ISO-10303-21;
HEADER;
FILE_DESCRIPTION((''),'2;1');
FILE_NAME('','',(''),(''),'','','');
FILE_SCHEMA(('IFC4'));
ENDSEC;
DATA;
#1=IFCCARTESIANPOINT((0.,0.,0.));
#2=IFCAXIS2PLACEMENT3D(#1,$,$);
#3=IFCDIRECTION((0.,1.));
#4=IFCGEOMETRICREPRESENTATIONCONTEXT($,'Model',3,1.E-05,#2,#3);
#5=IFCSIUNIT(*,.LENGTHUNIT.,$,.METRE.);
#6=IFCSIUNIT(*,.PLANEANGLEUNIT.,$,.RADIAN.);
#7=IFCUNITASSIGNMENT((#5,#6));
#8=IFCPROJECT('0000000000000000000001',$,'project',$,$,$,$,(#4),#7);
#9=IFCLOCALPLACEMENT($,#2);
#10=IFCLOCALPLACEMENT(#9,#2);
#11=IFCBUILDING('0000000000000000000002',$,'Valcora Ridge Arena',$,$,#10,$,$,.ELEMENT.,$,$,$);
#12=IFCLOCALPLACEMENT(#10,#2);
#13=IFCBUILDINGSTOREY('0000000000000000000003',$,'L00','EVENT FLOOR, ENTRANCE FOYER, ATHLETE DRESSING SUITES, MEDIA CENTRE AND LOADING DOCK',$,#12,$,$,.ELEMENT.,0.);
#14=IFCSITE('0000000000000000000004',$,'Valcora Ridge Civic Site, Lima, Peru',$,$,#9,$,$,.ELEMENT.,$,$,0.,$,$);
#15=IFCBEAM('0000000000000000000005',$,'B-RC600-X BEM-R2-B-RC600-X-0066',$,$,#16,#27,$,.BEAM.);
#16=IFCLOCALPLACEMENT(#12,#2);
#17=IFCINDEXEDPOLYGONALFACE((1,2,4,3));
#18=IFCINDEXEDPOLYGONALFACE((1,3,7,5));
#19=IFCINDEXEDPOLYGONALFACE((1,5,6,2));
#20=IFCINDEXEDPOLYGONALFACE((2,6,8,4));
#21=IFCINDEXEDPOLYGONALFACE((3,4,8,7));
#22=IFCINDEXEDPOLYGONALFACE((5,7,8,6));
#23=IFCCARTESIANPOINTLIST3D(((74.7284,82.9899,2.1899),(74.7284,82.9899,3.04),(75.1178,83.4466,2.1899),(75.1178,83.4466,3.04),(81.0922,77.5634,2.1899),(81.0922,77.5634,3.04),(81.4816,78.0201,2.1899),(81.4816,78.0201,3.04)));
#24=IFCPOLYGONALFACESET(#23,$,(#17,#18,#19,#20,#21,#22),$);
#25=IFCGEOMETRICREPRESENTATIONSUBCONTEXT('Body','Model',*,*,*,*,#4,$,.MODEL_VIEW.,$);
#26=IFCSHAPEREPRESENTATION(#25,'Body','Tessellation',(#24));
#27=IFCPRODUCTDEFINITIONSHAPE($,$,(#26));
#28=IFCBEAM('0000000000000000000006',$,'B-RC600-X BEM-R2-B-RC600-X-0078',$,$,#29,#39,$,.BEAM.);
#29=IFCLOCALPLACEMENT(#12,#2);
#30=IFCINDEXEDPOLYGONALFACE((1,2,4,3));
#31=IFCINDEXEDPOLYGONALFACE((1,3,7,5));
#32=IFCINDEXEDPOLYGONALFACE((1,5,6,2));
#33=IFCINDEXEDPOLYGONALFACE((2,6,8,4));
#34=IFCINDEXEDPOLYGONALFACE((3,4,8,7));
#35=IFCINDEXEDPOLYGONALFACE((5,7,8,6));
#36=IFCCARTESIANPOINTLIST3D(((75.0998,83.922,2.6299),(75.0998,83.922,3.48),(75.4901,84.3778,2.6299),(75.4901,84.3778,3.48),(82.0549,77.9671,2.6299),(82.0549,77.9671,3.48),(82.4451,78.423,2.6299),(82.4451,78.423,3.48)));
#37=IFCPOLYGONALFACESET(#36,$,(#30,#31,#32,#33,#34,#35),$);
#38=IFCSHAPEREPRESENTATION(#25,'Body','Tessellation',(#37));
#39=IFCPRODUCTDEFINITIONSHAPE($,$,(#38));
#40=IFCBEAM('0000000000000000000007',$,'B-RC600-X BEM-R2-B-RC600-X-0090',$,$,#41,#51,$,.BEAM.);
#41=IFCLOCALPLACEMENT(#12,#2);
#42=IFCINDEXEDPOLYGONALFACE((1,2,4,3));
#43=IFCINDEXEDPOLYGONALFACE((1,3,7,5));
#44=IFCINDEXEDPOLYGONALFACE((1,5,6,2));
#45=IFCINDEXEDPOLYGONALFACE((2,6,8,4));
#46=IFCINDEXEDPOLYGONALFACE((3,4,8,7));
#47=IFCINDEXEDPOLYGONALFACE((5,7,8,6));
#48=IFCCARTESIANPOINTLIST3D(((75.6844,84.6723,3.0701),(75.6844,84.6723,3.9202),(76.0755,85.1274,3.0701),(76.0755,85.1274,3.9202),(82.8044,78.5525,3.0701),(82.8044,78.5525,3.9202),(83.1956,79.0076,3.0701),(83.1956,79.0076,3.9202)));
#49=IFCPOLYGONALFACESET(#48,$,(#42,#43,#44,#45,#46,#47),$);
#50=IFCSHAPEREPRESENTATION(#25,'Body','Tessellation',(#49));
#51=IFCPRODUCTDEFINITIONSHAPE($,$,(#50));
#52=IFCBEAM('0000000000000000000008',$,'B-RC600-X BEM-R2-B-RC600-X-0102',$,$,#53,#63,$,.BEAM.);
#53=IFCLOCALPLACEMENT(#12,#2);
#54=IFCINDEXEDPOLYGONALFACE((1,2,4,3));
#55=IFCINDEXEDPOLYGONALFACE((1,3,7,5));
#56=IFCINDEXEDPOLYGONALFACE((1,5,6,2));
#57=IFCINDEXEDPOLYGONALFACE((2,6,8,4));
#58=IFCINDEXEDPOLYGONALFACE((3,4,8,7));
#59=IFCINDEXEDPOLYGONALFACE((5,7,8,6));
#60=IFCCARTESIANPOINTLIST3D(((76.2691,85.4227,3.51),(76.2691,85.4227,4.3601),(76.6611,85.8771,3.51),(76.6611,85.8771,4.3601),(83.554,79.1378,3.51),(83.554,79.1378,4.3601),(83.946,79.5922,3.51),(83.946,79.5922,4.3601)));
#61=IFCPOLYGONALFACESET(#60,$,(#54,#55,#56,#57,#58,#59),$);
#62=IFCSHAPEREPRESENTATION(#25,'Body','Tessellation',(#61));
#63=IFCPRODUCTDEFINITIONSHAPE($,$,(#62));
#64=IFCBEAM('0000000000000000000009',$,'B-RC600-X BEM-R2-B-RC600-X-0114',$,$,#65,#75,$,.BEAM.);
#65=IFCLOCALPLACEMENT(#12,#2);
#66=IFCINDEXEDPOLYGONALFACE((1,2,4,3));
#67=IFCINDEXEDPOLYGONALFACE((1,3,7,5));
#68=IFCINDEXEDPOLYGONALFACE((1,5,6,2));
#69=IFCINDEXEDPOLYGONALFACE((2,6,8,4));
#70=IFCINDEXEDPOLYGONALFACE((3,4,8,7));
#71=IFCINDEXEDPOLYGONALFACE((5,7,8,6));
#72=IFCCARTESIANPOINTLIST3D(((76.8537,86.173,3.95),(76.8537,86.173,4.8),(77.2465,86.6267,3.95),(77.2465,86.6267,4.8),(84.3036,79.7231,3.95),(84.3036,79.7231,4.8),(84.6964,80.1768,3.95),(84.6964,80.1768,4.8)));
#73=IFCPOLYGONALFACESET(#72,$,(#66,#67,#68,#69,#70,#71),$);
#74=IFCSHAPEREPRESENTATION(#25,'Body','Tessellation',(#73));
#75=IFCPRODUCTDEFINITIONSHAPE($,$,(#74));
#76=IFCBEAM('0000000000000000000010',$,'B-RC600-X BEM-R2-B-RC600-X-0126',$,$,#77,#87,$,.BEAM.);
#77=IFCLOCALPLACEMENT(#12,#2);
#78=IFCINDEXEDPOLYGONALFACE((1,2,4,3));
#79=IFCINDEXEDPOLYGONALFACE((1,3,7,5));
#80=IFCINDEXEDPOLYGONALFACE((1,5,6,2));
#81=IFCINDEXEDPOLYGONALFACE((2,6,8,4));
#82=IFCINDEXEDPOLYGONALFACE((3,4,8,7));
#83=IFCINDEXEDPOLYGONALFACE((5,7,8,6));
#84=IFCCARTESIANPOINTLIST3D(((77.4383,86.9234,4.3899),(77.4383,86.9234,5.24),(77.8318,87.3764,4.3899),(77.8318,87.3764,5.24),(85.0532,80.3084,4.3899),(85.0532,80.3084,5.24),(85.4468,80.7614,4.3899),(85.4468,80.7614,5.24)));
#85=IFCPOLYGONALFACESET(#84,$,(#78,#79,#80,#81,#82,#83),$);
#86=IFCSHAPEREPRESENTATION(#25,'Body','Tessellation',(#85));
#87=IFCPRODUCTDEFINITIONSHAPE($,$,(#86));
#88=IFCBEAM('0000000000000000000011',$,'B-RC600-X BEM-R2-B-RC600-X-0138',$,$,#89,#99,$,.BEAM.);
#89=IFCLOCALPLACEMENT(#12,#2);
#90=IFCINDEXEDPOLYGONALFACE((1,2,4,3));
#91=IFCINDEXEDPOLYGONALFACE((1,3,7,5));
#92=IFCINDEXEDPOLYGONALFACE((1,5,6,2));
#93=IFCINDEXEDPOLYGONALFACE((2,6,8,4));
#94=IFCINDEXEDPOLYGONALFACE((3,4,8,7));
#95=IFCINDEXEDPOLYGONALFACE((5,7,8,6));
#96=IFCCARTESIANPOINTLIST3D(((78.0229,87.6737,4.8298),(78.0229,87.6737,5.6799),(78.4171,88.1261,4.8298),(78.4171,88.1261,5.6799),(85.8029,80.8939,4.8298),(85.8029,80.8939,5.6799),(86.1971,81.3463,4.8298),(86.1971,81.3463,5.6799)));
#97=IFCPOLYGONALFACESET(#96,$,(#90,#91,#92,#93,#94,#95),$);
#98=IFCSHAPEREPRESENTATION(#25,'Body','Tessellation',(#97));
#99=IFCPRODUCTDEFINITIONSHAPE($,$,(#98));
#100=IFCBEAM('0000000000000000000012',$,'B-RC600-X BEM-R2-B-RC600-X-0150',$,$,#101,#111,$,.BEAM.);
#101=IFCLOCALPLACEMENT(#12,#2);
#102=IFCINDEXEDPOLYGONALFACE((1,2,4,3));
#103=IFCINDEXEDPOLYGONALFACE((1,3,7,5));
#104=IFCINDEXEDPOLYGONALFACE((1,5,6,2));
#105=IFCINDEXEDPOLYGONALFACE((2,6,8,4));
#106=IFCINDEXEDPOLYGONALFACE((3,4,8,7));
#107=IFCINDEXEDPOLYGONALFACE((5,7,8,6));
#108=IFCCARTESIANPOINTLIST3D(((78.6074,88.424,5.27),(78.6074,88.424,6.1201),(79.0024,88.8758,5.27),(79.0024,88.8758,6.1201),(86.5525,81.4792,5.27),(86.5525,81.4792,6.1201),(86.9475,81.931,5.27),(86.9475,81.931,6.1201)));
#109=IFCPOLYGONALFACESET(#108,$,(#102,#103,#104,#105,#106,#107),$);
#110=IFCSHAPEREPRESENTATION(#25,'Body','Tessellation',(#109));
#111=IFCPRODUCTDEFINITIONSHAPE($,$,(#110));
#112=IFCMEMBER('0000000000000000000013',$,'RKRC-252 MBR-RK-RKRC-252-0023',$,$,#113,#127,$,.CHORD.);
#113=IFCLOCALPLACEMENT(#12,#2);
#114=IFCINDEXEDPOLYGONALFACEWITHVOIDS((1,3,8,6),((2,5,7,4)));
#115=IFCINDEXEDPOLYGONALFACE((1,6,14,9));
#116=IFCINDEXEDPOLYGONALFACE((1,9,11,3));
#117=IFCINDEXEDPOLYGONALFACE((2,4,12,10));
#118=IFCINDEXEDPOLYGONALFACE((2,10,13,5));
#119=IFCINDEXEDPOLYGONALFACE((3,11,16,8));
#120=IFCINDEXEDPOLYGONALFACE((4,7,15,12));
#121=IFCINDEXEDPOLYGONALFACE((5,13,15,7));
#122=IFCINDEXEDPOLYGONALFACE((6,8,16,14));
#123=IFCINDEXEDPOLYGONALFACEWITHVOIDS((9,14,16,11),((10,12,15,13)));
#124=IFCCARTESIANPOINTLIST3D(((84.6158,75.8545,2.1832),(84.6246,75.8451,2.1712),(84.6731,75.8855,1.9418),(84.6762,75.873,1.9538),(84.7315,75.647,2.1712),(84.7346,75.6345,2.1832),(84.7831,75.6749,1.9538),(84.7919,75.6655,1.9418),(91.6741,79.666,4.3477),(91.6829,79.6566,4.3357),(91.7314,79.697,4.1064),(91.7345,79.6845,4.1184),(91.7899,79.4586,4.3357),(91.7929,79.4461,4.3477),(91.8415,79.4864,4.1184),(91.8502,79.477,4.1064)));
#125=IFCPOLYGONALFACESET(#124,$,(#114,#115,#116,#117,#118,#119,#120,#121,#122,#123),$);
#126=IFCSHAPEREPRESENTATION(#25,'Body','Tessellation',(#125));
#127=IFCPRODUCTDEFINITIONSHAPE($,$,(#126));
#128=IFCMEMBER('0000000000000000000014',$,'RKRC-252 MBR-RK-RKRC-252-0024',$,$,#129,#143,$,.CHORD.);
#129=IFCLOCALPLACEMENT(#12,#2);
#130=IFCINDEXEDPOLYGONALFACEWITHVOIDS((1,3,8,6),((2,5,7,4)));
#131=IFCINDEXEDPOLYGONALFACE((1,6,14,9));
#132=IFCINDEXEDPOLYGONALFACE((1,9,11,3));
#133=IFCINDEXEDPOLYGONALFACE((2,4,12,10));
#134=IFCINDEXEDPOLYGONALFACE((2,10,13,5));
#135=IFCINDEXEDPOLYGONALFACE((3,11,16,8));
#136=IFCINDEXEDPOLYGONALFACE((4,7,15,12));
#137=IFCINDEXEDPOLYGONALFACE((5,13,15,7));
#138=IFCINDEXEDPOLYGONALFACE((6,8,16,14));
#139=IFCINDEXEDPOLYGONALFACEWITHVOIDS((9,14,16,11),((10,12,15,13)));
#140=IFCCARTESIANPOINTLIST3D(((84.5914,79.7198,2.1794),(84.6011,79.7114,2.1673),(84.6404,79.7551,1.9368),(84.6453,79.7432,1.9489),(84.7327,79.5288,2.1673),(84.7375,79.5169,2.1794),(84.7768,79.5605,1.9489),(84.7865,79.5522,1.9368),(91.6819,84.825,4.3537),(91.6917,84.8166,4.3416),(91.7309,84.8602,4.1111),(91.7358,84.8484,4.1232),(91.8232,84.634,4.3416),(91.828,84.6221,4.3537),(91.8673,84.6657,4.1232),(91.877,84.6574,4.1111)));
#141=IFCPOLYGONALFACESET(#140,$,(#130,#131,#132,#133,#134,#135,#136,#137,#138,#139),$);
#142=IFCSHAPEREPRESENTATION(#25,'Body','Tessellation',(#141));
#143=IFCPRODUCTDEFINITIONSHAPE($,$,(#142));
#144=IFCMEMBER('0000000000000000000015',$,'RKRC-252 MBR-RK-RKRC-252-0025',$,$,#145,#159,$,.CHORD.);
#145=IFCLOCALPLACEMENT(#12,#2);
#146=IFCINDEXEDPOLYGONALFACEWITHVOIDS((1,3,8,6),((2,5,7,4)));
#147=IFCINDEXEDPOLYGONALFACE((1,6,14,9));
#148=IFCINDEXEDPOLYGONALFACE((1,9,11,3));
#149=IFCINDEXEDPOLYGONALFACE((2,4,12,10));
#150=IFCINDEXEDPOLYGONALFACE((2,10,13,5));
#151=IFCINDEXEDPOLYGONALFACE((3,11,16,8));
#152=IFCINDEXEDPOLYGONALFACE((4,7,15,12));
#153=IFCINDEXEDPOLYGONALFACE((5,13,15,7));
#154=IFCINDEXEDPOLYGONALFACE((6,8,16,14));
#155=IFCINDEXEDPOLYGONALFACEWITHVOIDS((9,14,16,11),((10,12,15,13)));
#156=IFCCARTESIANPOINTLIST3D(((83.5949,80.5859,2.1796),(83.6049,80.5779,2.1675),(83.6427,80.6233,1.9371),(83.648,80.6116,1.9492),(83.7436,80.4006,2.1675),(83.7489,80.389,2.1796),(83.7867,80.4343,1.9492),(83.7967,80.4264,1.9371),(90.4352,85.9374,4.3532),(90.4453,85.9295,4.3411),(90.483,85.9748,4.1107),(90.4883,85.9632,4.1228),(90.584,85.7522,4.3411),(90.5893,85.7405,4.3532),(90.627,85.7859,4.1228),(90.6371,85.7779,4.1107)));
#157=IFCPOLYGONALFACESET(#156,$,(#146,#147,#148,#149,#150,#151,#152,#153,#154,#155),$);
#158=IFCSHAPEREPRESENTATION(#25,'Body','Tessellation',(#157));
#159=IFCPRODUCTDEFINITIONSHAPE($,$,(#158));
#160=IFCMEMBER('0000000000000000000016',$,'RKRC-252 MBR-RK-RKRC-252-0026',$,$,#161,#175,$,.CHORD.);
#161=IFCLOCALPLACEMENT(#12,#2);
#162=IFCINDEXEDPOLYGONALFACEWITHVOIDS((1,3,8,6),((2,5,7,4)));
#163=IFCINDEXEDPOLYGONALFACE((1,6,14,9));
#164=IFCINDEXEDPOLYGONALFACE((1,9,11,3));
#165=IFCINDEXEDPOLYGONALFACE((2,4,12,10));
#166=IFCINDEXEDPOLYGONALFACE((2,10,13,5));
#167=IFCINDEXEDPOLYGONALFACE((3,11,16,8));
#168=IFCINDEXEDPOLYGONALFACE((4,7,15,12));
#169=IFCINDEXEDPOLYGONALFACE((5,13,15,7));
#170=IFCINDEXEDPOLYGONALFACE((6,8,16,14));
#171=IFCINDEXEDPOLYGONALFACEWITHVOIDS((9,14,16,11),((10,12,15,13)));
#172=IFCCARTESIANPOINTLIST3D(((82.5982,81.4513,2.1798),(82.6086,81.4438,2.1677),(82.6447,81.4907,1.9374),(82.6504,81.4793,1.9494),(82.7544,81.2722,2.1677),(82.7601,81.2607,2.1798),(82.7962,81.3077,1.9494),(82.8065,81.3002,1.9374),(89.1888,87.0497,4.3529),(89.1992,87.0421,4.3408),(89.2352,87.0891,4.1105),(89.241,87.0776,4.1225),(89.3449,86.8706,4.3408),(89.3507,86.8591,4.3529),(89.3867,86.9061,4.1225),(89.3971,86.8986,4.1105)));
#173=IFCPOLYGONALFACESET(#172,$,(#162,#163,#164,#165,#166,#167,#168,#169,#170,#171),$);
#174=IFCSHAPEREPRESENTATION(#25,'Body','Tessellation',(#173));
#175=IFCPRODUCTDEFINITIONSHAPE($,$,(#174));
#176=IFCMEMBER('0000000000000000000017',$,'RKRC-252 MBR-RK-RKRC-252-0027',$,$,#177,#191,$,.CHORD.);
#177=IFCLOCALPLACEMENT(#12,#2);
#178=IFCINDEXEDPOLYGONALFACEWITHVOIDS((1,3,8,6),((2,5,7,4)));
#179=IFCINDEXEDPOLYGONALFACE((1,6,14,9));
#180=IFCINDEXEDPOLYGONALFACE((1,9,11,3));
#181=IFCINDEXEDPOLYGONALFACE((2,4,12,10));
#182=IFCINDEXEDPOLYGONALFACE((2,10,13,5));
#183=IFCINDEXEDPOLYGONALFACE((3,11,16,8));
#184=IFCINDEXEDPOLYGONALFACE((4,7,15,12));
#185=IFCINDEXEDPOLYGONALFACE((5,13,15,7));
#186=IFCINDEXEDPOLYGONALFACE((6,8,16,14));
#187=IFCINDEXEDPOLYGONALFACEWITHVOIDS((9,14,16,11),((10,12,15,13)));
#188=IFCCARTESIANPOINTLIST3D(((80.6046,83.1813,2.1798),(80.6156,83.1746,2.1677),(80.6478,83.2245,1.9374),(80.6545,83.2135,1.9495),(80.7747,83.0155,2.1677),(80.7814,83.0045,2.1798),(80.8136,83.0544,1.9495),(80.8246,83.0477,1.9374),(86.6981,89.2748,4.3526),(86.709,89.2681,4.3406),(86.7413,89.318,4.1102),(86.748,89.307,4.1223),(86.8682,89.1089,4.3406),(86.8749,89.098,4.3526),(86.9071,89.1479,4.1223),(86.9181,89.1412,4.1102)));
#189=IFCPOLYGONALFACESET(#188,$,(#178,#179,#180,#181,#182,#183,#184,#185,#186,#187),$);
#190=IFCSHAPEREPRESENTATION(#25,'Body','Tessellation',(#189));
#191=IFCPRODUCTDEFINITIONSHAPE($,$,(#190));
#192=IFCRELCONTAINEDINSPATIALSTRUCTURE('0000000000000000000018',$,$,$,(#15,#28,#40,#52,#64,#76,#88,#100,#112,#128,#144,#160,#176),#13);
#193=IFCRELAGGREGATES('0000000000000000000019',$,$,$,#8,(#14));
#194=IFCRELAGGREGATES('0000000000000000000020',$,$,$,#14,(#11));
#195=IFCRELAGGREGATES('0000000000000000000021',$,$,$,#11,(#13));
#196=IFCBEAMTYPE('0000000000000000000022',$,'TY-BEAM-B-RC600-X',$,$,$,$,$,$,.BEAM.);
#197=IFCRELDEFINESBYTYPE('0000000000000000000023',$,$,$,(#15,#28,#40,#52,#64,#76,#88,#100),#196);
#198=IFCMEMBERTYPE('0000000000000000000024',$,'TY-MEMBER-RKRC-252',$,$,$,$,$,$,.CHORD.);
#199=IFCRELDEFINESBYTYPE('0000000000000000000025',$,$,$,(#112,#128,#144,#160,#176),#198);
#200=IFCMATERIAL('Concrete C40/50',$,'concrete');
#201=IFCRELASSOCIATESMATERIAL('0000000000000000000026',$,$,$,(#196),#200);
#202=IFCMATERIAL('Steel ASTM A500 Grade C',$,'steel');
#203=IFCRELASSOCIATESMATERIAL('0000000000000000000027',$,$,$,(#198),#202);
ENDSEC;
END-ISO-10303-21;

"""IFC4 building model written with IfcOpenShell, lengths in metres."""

from ifc_helpers import new_model, si_unit, direction, frame, origin, origin_2d, place, context, subcontext, project, spatial, rectangle, hollow_rectangle, extrude, material, material_profile, profile_set, type_object, element, save


model = new_model("IFC4")

# Units and contexts
model_context = context("Model", 3, precision=1e-05, world=origin(), true_north=direction((0.0, 1.0)))
body_context = subcontext(model_context, "Body", "Model", "MODEL_VIEW")
ifc_project = project(units=[si_unit("LENGTHUNIT", "METRE"), si_unit("PLANEANGLEUNIT", "RADIAN")], contexts=[model_context])

# Site, building, storey
site_placement = place(None, origin())
site = spatial("IfcSite", under=ifc_project, at=site_placement, Name="Valcora Ridge Civic Site, Lima, Peru", CompositionType="ELEMENT", RefElevation=0.0)
building_placement = place(site_placement, origin())
building = spatial("IfcBuilding", under=site, at=building_placement, Name="Valcora Ridge Arena", CompositionType="ELEMENT")
storey_placement = place(building_placement, origin())
storey = spatial("IfcBuildingStorey", under=building, at=storey_placement, Name="L00", Description="EVENT FLOOR, ENTRANCE FOYER, ATHLETE DRESSING SUITES, MEDIA CENTRE AND LOADING DOCK", CompositionType="ELEMENT", Elevation=0.0)

# Shared definitions
ifc_material_1 = material(Name="Concrete C40/50", Category="concrete")

# Beams
ifc_material_profile_1 = material_profile(ifc_material_1, rectangle(XDim=0.6001, YDim=0.8501, at=origin_2d()), Name="RC 600x850")
ifc_profile_set_1 = profile_set([ifc_material_profile_1], Name="Concrete C40/50")
beam_type = type_object("IfcBeamType", Name="TY-BEAM-B-RC600-X", PredefinedType="BEAM", material=ifc_profile_set_1)
beam_1_placement = place(storey_placement, frame((81.2869, 77.7917, 2.615), z_axis=(-0.760917, 0.648849, 0.0), x_axis=(-0.648849, -0.760917, 0.0)))
element("IfcBeam", 1, at=beam_1_placement, inside=storey, type_object=beam_type, Name="B-RC600-X BEM-R2-B-RC600-X-0066", PredefinedType="BEAM", context=body_context, shape_type="SweptSolid", body=[
    extrude(rectangle(XDim=0.6001, YDim=0.8501, at=origin_2d()), origin(), (0.0, 0.0, 1.0), 8.3633),
])
beam_2_placement = place(storey_placement, frame((82.25, 78.1951, 3.0549), z_axis=(-0.759616, 0.650372, 0.0), x_axis=(-0.650372, -0.759616, 0.0)))
element("IfcBeam", 2, at=beam_2_placement, inside=storey, type_object=beam_type, Name="B-RC600-X BEM-R2-B-RC600-X-0078", PredefinedType="BEAM", context=body_context, shape_type="SweptSolid", body=[
    extrude(rectangle(XDim=0.6001, YDim=0.8501, at=origin_2d()), origin(), (0.0, 0.0, 1.0), 9.156),
])
beam_3_placement = place(storey_placement, frame((83.0, 78.78, 3.4951), z_axis=(-0.758366, 0.651829, 0.0), x_axis=(-0.651829, -0.758366, 0.0)))
element("IfcBeam", 3, at=beam_3_placement, inside=storey, type_object=beam_type, Name="B-RC600-X BEM-R2-B-RC600-X-0090", PredefinedType="BEAM", context=body_context, shape_type="SweptSolid", body=[
    extrude(rectangle(XDim=0.6001, YDim=0.8501, at=origin_2d()), origin(), (0.0, 0.0, 1.0), 9.3887),
])
beam_4_placement = place(storey_placement, frame((83.75, 79.365, 3.9351), z_axis=(-0.757162, 0.653227, 0.0), x_axis=(-0.653227, -0.757162, 0.0)))
element("IfcBeam", 4, at=beam_4_placement, inside=storey, type_object=beam_type, Name="B-RC600-X BEM-R2-B-RC600-X-0102", PredefinedType="BEAM", context=body_context, shape_type="SweptSolid", body=[
    extrude(rectangle(XDim=0.6001, YDim=0.8501, at=origin_2d()), origin(), (0.0, 0.0, 1.0), 9.6213),
])
beam_5_placement = place(storey_placement, frame((84.5, 79.95, 4.375), z_axis=(-0.756024, 0.654544, 0.0), x_axis=(-0.654544, -0.756024, 0.0)))
element("IfcBeam", 5, at=beam_5_placement, inside=storey, type_object=beam_type, Name="B-RC600-X BEM-R2-B-RC600-X-0114", PredefinedType="BEAM", context=body_context, shape_type="SweptSolid", body=[
    extrude(rectangle(XDim=0.6001, YDim=0.8501, at=origin_2d()), origin(), (0.0, 0.0, 1.0), 9.854),
])
beam_6_placement = place(storey_placement, frame((85.25, 80.5349, 4.8149), z_axis=(-0.754936, 0.655798, 0.0), x_axis=(-0.655798, -0.754936, 0.0)))
element("IfcBeam", 6, at=beam_6_placement, inside=storey, type_object=beam_type, Name="B-RC600-X BEM-R2-B-RC600-X-0126", PredefinedType="BEAM", context=body_context, shape_type="SweptSolid", body=[
    extrude(rectangle(XDim=0.6001, YDim=0.8501, at=origin_2d()), origin(), (0.0, 0.0, 1.0), 10.0869),
])
beam_7_placement = place(storey_placement, frame((86.0, 81.1201, 5.2549), z_axis=(-0.753907, 0.656981, 0.0), x_axis=(-0.656981, -0.753907, 0.0)))
element("IfcBeam", 7, at=beam_7_placement, inside=storey, type_object=beam_type, Name="B-RC600-X BEM-R2-B-RC600-X-0138", PredefinedType="BEAM", context=body_context, shape_type="SweptSolid", body=[
    extrude(rectangle(XDim=0.6001, YDim=0.8501, at=origin_2d()), origin(), (0.0, 0.0, 1.0), 10.3196),
])
beam_8_placement = place(storey_placement, frame((86.75, 81.7051, 5.6951), z_axis=(-0.752911, 0.658123, 0.0), x_axis=(-0.658123, -0.752911, 0.0)))
element("IfcBeam", 8, at=beam_8_placement, inside=storey, type_object=beam_type, Name="B-RC600-X BEM-R2-B-RC600-X-0150", PredefinedType="BEAM", context=body_context, shape_type="SweptSolid", body=[
    extrude(rectangle(XDim=0.6001, YDim=0.8501, at=origin_2d()), origin(), (0.0, 0.0, 1.0), 10.5525),
])

# Members
ifc_material_2 = material(Name="Steel ASTM A500 Grade C", Category="steel")
ifc_material_profile_2 = material_profile(ifc_material_2, hollow_rectangle(XDim=0.25, YDim=0.25, WallThickness=0.0125, at=origin_2d()), Name="HSS250X250X12")
ifc_profile_set_2 = profile_set([ifc_material_profile_2], Name="Steel ASTM A500 Grade C")
member_type_1 = type_object("IfcMemberType", Name="TY-MEMBER-RKRC-252", PredefinedType="CHORD", material=ifc_profile_set_2)
member_1_placement = place(storey_placement, frame((84.7039, 75.76, 2.0625), z_axis=(0.849521, 0.458743, 0.260518), x_axis=(-0.47515, 0.879905, 0.0)))
element("IfcMember", 9, at=member_1_placement, inside=storey, type_object=member_type_1, Name="RKRC-252 MBR-RK-RKRC-252-0023", PredefinedType="CHORD", context=body_context, shape_type="SweptSolid", body=[
    extrude(hollow_rectangle(XDim=0.25, YDim=0.25, WallThickness=0.0125, at=origin_2d()), origin(), (0.0, 0.0, 1.0), 8.3086),
])
member_2_placement = place(storey_placement, frame((84.689, 79.636, 2.0581), z_axis=(0.787515, 0.567012, 0.24149), x_axis=(-0.584305, 0.811534, 0.0)))
element("IfcMember", 10, at=member_2_placement, inside=storey, type_object=member_type_1, Name="RKRC-252 MBR-RK-RKRC-252-0024", PredefinedType="CHORD", context=body_context, shape_type="SweptSolid", body=[
    extrude(hollow_rectangle(XDim=0.25, YDim=0.25, WallThickness=0.0125, at=origin_2d()), origin(), (0.0, 0.0, 1.0), 9.0037),
])
member_3_placement = place(storey_placement, frame((83.6958, 80.5061, 2.0583), z_axis=(0.764038, 0.597748, 0.242781), x_axis=(-0.616184, 0.787602, 0.0)))
element("IfcMember", 11, at=member_3_placement, inside=storey, type_object=member_type_1, Name="RKRC-252 MBR-RK-RKRC-252-0025", PredefinedType="CHORD", context=body_context, shape_type="SweptSolid", body=[
    extrude(hollow_rectangle(XDim=0.25, YDim=0.25, WallThickness=0.0125, at=origin_2d()), origin(), (0.0, 0.0, 1.0), 8.9529),
])
member_4_placement = place(storey_placement, frame((82.7024, 81.3757, 2.0586), z_axis=(0.739162, 0.627884, 0.243722), x_axis=(-0.647407, 0.762145, 0.0)))
element("IfcMember", 12, at=member_4_placement, inside=storey, type_object=member_type_1, Name="RKRC-252 MBR-RK-RKRC-252-0026", PredefinedType="CHORD", context=body_context, shape_type="SweptSolid", body=[
    extrude(hollow_rectangle(XDim=0.25, YDim=0.25, WallThickness=0.0125, at=origin_2d()), origin(), (0.0, 0.0, 1.0), 8.9163),
])
member_5_placement = place(storey_placement, frame((80.7146, 83.1145, 2.0586), z_axis=(0.685647, 0.685647, 0.244491), x_axis=(-0.707107, 0.707107, 0.0)))
element("IfcMember", 13, at=member_5_placement, inside=storey, type_object=member_type_1, Name="RKRC-252 MBR-RK-RKRC-252-0027", PredefinedType="CHORD", context=body_context, shape_type="SweptSolid", body=[
    extrude(hollow_rectangle(XDim=0.25, YDim=0.25, WallThickness=0.0125, at=origin_2d()), origin(), (0.0, 0.0, 1.0), 8.8872),
])

save(model, "model.ifc")
